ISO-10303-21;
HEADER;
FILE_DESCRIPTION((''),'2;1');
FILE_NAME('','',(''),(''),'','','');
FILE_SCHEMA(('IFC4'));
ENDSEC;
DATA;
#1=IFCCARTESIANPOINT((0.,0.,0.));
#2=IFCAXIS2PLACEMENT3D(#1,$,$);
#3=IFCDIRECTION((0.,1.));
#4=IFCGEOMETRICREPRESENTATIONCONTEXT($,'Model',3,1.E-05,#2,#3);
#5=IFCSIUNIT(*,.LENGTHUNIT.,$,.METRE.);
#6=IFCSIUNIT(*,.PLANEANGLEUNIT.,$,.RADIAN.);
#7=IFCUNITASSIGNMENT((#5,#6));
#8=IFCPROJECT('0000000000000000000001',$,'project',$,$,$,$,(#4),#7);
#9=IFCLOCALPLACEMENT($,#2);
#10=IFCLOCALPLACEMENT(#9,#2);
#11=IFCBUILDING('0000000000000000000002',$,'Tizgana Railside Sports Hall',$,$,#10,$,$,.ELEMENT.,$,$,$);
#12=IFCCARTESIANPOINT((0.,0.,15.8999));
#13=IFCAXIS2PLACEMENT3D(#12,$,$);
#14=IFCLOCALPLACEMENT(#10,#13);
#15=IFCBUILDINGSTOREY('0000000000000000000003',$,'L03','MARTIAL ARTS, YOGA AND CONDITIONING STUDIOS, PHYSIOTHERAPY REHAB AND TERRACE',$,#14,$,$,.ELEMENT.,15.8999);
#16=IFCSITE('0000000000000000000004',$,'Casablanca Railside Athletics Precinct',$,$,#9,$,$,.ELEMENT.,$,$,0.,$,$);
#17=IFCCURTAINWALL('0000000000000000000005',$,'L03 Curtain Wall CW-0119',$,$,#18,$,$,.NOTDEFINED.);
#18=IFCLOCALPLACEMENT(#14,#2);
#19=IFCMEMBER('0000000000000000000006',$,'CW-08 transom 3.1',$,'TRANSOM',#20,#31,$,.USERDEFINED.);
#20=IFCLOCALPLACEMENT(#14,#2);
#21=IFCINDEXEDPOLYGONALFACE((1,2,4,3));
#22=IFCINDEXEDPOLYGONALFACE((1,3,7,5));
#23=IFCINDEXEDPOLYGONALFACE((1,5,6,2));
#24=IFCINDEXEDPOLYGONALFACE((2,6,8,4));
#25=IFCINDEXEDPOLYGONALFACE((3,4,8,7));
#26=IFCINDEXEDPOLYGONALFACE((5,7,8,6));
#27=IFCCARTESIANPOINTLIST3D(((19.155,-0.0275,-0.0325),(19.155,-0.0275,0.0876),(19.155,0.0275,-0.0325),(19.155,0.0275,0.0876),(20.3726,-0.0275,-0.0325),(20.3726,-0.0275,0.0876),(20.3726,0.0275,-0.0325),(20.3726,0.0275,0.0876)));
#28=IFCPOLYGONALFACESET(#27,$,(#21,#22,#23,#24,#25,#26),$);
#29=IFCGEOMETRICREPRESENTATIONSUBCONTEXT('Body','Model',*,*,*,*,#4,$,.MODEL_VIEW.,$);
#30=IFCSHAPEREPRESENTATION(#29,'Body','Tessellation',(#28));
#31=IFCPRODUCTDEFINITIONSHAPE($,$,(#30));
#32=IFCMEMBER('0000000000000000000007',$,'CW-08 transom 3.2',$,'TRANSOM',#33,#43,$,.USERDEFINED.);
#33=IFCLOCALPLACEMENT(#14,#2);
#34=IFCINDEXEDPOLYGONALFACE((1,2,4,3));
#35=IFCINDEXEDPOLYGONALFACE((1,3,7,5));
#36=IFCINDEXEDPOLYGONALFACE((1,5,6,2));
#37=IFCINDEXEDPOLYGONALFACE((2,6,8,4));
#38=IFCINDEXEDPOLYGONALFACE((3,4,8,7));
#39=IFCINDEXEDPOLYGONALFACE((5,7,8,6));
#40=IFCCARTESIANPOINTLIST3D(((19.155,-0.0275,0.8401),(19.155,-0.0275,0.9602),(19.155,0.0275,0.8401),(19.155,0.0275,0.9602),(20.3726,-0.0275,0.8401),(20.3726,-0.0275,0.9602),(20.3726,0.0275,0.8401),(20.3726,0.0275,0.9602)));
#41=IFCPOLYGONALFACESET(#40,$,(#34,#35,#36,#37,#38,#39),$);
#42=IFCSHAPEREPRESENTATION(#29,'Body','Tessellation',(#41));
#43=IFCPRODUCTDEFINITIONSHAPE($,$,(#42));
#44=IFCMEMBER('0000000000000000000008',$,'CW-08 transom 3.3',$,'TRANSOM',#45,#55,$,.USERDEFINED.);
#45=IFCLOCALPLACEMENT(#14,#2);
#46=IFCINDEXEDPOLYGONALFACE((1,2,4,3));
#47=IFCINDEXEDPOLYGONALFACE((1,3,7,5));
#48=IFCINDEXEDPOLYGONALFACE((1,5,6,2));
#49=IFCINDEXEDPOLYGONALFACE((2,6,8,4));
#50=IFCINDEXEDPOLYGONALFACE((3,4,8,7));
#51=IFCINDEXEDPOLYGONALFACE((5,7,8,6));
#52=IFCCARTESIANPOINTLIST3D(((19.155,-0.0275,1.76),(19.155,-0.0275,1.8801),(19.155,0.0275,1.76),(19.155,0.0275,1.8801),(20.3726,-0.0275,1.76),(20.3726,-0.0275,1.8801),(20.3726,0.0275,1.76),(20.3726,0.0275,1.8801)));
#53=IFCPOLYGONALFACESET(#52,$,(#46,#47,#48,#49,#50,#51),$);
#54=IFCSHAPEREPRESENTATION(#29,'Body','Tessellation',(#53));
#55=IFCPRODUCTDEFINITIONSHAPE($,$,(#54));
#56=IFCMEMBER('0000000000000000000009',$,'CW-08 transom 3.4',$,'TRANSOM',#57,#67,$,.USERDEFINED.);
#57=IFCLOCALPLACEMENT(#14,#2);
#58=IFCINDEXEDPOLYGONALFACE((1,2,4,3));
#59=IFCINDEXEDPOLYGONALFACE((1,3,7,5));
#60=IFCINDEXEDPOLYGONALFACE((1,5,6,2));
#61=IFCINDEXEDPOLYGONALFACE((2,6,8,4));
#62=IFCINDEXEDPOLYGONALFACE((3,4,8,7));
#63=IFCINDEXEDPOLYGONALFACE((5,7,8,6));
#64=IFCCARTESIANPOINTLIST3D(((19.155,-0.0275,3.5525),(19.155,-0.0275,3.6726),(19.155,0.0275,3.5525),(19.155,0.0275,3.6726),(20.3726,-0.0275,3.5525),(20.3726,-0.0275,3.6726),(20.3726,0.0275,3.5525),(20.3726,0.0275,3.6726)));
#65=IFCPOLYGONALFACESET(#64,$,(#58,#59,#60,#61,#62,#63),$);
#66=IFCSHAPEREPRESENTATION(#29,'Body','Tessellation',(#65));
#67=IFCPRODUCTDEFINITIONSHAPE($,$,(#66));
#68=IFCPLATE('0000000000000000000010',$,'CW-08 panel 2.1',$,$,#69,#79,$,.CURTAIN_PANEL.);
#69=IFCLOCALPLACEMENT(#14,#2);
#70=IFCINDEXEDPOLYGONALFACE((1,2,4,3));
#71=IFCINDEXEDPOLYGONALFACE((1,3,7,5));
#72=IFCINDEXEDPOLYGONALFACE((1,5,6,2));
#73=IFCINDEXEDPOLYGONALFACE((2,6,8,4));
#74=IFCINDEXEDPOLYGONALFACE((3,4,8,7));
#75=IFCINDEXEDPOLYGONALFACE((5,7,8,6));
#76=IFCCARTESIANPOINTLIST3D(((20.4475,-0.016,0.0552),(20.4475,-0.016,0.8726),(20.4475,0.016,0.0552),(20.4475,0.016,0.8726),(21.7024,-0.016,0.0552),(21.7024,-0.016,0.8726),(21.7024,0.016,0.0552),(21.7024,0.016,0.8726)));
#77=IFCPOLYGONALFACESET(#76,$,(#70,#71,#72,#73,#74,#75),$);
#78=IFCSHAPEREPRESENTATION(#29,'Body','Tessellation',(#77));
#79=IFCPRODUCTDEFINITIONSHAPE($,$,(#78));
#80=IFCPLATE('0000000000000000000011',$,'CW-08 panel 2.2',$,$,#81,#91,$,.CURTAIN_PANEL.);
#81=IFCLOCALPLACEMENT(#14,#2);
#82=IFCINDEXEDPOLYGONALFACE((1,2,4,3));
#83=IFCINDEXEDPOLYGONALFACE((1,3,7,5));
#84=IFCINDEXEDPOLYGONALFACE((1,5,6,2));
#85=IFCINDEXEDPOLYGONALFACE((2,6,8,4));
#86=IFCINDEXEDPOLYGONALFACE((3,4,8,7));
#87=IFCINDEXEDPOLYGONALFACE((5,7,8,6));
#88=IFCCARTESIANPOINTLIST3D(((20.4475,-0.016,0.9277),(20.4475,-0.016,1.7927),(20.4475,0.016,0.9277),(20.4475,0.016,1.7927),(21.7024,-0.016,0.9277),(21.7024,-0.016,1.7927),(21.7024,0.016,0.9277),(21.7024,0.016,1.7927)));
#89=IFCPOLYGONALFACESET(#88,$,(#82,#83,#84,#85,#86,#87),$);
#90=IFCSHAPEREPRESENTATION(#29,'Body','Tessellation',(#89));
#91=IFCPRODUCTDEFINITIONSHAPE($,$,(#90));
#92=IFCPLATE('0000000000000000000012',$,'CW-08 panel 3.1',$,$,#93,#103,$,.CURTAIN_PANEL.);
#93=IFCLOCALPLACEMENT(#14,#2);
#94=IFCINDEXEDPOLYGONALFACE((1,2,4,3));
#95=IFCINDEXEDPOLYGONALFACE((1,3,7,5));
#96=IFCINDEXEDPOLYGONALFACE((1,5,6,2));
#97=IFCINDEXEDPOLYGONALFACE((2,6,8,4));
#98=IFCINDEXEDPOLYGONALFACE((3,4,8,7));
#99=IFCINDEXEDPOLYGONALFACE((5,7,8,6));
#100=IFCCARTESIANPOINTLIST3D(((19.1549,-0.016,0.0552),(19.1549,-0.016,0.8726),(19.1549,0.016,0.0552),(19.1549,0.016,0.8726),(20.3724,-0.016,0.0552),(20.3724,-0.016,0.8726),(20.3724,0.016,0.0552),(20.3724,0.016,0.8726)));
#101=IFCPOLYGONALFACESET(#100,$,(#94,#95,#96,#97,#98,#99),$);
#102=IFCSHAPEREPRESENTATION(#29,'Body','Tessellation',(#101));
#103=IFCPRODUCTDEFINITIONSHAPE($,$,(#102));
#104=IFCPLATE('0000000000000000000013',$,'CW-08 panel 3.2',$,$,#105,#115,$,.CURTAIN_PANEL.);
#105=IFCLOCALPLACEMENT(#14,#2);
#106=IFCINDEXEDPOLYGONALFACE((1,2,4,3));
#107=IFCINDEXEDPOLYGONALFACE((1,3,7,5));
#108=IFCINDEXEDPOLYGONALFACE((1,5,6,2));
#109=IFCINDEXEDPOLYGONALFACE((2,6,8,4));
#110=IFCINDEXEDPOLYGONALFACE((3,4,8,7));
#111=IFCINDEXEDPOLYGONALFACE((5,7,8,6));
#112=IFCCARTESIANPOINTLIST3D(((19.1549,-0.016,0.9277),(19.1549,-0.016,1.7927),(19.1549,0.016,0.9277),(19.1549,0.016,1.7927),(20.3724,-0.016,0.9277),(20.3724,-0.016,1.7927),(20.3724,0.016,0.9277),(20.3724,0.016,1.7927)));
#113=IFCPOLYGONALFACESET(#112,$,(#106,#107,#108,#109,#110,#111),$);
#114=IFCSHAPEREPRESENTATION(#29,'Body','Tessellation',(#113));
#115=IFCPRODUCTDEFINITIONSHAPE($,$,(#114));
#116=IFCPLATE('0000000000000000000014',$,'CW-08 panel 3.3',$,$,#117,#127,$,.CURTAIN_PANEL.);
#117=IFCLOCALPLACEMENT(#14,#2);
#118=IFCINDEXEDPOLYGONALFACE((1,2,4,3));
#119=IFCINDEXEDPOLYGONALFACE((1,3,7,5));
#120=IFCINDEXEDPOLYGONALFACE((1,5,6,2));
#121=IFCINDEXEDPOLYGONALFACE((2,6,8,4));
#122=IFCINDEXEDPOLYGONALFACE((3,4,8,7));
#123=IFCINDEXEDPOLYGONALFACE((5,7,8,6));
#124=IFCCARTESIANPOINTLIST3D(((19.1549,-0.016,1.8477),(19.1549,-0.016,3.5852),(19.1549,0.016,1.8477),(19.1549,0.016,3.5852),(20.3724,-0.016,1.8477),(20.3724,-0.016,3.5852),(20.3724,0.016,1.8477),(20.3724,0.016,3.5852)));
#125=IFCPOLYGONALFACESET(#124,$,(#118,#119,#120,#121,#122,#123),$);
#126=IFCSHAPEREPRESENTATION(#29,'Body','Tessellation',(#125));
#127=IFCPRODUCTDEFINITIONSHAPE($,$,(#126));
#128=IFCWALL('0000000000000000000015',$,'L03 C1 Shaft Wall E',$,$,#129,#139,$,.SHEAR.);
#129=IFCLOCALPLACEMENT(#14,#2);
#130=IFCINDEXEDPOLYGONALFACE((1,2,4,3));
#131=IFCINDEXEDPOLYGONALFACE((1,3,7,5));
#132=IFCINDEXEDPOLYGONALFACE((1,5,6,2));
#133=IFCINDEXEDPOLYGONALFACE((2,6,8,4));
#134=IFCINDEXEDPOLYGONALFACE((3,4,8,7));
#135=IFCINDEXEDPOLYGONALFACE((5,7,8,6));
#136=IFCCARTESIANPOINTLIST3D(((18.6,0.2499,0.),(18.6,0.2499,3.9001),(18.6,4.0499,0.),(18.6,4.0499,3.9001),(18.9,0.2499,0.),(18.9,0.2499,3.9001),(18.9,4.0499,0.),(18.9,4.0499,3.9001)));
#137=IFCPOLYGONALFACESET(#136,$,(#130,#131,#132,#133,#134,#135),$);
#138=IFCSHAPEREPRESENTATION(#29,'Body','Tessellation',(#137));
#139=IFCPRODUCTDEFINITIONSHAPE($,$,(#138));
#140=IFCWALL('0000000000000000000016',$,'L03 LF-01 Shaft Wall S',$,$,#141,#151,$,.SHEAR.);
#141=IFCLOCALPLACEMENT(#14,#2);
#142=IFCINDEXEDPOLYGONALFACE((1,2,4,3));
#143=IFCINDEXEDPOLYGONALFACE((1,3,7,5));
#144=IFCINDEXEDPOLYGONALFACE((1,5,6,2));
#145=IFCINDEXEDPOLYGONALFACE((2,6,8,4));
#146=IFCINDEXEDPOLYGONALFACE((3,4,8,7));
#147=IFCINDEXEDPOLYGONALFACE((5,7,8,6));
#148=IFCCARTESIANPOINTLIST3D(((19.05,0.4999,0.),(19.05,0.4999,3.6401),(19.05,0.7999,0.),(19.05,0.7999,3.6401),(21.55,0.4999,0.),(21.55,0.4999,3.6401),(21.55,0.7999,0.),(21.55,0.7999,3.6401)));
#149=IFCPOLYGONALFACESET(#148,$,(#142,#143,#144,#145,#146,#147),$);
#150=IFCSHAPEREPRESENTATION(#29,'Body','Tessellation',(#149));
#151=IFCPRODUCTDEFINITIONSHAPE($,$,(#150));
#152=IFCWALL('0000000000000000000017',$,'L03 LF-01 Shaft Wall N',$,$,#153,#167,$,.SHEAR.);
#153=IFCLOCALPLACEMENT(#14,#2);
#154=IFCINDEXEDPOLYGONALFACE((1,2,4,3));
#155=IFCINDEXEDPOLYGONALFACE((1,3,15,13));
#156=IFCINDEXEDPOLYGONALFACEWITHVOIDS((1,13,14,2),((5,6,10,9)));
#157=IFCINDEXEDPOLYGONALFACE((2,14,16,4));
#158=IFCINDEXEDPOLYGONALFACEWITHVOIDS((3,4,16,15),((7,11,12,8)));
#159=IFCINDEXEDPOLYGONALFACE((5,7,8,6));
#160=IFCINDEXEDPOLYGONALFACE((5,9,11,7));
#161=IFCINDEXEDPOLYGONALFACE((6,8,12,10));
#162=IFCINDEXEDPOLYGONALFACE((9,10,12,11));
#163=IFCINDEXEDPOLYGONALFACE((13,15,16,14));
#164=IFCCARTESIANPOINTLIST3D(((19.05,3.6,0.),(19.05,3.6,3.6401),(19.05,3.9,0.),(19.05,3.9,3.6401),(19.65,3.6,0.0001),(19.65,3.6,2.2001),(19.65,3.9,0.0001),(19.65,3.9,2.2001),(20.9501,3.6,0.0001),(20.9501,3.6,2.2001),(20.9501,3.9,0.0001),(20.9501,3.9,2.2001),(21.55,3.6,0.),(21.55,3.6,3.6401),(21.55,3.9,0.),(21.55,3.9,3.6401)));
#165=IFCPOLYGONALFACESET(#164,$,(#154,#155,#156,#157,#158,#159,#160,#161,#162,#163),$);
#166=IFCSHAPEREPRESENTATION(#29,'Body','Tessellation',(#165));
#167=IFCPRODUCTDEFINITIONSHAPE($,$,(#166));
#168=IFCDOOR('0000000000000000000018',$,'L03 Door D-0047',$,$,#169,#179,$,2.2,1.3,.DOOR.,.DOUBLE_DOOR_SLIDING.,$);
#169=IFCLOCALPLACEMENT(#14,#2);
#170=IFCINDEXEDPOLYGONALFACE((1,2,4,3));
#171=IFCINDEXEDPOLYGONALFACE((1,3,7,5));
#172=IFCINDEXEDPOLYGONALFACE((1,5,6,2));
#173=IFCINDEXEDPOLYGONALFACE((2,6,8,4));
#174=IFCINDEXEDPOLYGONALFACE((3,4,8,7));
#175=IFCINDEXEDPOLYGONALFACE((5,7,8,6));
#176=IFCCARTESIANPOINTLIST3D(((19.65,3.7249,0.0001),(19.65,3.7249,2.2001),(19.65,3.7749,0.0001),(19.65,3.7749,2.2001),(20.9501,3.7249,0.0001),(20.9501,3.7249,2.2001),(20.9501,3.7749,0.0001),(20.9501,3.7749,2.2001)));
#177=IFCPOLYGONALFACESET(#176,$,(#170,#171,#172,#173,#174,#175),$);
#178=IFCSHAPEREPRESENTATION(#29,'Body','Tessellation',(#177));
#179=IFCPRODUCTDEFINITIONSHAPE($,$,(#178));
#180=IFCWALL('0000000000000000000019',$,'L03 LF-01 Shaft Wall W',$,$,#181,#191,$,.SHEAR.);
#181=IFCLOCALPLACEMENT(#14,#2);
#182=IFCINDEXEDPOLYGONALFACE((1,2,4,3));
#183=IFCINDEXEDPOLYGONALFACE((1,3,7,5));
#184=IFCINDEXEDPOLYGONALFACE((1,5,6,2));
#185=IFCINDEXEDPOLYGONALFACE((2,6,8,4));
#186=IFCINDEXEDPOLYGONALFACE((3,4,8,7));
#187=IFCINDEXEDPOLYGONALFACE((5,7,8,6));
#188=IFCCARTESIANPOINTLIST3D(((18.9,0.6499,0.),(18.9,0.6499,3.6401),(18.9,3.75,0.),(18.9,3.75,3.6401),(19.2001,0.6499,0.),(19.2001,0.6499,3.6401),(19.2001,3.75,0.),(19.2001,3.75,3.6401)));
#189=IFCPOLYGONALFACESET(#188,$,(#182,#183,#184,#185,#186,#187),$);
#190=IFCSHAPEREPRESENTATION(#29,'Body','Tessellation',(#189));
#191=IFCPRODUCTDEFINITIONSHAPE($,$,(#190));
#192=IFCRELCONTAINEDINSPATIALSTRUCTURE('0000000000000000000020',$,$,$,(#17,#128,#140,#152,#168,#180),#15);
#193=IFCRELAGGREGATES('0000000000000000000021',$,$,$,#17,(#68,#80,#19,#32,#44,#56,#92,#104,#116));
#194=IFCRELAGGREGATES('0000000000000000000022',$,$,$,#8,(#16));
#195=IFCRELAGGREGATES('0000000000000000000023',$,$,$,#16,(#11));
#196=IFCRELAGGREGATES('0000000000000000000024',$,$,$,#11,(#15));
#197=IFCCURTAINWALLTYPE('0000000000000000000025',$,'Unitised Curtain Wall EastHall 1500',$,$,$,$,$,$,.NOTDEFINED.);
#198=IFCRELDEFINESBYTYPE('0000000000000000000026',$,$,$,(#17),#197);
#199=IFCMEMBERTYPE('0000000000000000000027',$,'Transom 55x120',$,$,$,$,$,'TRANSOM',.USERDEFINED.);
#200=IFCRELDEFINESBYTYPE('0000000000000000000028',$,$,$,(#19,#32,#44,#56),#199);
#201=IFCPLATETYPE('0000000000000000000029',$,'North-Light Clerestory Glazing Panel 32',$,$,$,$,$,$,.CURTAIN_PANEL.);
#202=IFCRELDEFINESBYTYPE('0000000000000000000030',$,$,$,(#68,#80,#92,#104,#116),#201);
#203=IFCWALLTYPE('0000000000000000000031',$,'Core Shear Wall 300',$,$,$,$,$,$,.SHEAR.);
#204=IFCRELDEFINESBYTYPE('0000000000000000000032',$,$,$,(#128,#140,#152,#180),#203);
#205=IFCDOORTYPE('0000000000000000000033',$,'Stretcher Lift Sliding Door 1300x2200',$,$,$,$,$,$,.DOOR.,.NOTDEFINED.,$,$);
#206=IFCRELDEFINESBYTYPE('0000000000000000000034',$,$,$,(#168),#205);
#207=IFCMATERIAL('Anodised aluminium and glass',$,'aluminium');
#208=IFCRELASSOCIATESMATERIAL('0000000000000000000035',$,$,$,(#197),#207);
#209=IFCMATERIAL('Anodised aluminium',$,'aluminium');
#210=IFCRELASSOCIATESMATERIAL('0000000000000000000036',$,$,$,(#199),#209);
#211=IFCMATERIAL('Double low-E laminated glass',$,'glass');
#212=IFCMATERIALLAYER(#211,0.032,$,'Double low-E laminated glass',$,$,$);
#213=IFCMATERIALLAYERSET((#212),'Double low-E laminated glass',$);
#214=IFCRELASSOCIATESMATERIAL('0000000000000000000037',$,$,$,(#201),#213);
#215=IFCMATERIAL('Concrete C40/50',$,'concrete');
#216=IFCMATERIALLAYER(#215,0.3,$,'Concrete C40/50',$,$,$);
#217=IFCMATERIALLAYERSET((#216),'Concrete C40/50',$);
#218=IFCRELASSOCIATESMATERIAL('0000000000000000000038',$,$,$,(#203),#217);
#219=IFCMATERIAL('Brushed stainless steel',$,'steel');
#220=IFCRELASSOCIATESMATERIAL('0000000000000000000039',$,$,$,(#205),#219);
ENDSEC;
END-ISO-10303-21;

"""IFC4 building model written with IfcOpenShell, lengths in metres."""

from ifc_helpers import new_model, si_unit, direction, frame, frame_2d, origin, origin_2d, place, context, subcontext, project, spatial, rectangle, extrude, material, layer, layer_set, material_profile, profile_set, type_object, element, fill, aggregate, save


model = new_model("IFC4")

# Units and contexts
model_context = context("Model", 3, precision=1e-05, world=origin(), true_north=direction((0.0, 1.0)))
body_context = subcontext(model_context, "Body", "Model", "MODEL_VIEW")
ifc_project = project(units=[si_unit("LENGTHUNIT", "METRE"), si_unit("PLANEANGLEUNIT", "RADIAN")], contexts=[model_context])

# Site, building, storey
site_placement = place(None, origin())
site = spatial("IfcSite", under=ifc_project, at=site_placement, Name="Casablanca Railside Athletics Precinct", CompositionType="ELEMENT", RefElevation=0.0)
building_placement = place(site_placement, origin())
building = spatial("IfcBuilding", under=site, at=building_placement, Name="Tizgana Railside Sports Hall", CompositionType="ELEMENT")
storey_placement = place(building_placement, frame((0.0, 0.0, 15.8999)))
storey = spatial("IfcBuildingStorey", under=building, at=storey_placement, Name="L03", Description="MARTIAL ARTS, YOGA AND CONDITIONING STUDIOS, PHYSIOTHERAPY REHAB AND TERRACE", CompositionType="ELEMENT", Elevation=15.8999)

# Shared definitions
ifc_material_1 = material(Name="Concrete C40/50", Category="concrete")

# Curtain wall
ifc_material_2 = material(Name="Anodised aluminium and glass", Category="aluminium")
curtain_wall_type = type_object("IfcCurtainWallType", Name="Unitised Curtain Wall EastHall 1500", PredefinedType="NOTDEFINED", material=ifc_material_2)
curtain_wall_placement = place(storey_placement, origin())
curtain_wall = element("IfcCurtainWall", 1, at=curtain_wall_placement, inside=storey, type_object=curtain_wall_type, Name="L03 Curtain Wall CW-0119", PredefinedType="NOTDEFINED")
ifc_material_3 = material(Name="Anodised aluminium", Category="aluminium")

# Members
ifc_material_profile_1 = material_profile(ifc_material_3, rectangle(XDim=0.0549, YDim=0.1201, at=origin_2d()), Name="Transom 55x120")
ifc_profile_set_1 = profile_set([ifc_material_profile_1], Name="Anodised aluminium")
member_type_1 = type_object("IfcMemberType", Name="Transom 55x120", ElementType="TRANSOM", PredefinedType="USERDEFINED", material=ifc_profile_set_1)
member_1_placement = place(storey_placement, frame((20.3726, 0.0, 0.0276), z_axis=(-1.0, 0.0, 0.0), x_axis=(0.0, -1.0, 0.0)))
member_1 = element("IfcMember", 2, at=member_1_placement, type_object=member_type_1, Name="CW-08 transom 3.1", ObjectType="TRANSOM", PredefinedType="USERDEFINED", context=body_context, shape_type="SweptSolid", body=[
    extrude(rectangle(XDim=0.0549, YDim=0.1201, at=origin_2d()), origin(), (0.0, 0.0, 1.0), 1.2175),
])
member_2_placement = place(storey_placement, frame((20.3726, 0.0, 0.9001), z_axis=(-1.0, 0.0, 0.0), x_axis=(0.0, -1.0, 0.0)))
member_2 = element("IfcMember", 3, at=member_2_placement, type_object=member_type_1, Name="CW-08 transom 3.2", ObjectType="TRANSOM", PredefinedType="USERDEFINED", context=body_context, shape_type="SweptSolid", body=[
    extrude(rectangle(XDim=0.0549, YDim=0.1201, at=origin_2d()), origin(), (0.0, 0.0, 1.0), 1.2175),
])
member_3_placement = place(storey_placement, frame((20.3726, 0.0, 1.8201), z_axis=(-1.0, 0.0, 0.0), x_axis=(0.0, -1.0, 0.0)))
member_3 = element("IfcMember", 4, at=member_3_placement, type_object=member_type_1, Name="CW-08 transom 3.3", ObjectType="TRANSOM", PredefinedType="USERDEFINED", context=body_context, shape_type="SweptSolid", body=[
    extrude(rectangle(XDim=0.0549, YDim=0.1201, at=origin_2d()), origin(), (0.0, 0.0, 1.0), 1.2175),
])
member_4_placement = place(storey_placement, frame((20.3726, 0.0, 3.6125), z_axis=(-1.0, 0.0, 0.0), x_axis=(0.0, -1.0, 0.0)))
member_4 = element("IfcMember", 5, at=member_4_placement, type_object=member_type_1, Name="CW-08 transom 3.4", ObjectType="TRANSOM", PredefinedType="USERDEFINED", context=body_context, shape_type="SweptSolid", body=[
    extrude(rectangle(XDim=0.0549, YDim=0.1201, at=origin_2d()), origin(), (0.0, 0.0, 1.0), 1.2175),
])

# Plates
ifc_material_4 = material(Name="Double low-E laminated glass", Category="glass")
ifc_layer_1 = layer(ifc_material_4, 0.032, Name="Double low-E laminated glass")
ifc_layer_set_1 = layer_set([ifc_layer_1], Name="Double low-E laminated glass")
plate_type = type_object("IfcPlateType", Name="North-Light Clerestory Glazing Panel 32", PredefinedType="CURTAIN_PANEL", material=ifc_layer_set_1)
plate_1_placement = place(storey_placement, frame((21.075, 0.0, 0.0552), z_axis=(0.0, 0.0, 1.0), x_axis=(-1.0, 0.0, 0.0)))
plate_1 = element("IfcPlate", 6, at=plate_1_placement, type_object=plate_type, Name="CW-08 panel 2.1", PredefinedType="CURTAIN_PANEL", context=body_context, shape_type="SweptSolid", body=[
    extrude(rectangle(XDim=1.2549, YDim=0.032, at=origin_2d()), origin(), (0.0, 0.0, 1.0), 0.8174),
])
plate_2_placement = place(storey_placement, frame((21.075, 0.0, 0.9277), z_axis=(0.0, 0.0, 1.0), x_axis=(-1.0, 0.0, 0.0)))
plate_2 = element("IfcPlate", 7, at=plate_2_placement, type_object=plate_type, Name="CW-08 panel 2.2", PredefinedType="CURTAIN_PANEL", context=body_context, shape_type="SweptSolid", body=[
    extrude(rectangle(XDim=1.2549, YDim=0.032, at=origin_2d()), origin(), (0.0, 0.0, 1.0), 0.865),
])
plate_3_placement = place(storey_placement, frame((19.7637, 0.0, 0.0552), z_axis=(0.0, 0.0, 1.0), x_axis=(-1.0, 0.0, 0.0)))
plate_3 = element("IfcPlate", 8, at=plate_3_placement, type_object=plate_type, Name="CW-08 panel 3.1", PredefinedType="CURTAIN_PANEL", context=body_context, shape_type="SweptSolid", body=[
    extrude(rectangle(XDim=1.2175, YDim=0.032, at=origin_2d()), origin(), (0.0, 0.0, 1.0), 0.8174),
])
plate_4_placement = place(storey_placement, frame((19.7637, 0.0, 0.9277), z_axis=(0.0, 0.0, 1.0), x_axis=(-1.0, 0.0, 0.0)))
plate_4 = element("IfcPlate", 9, at=plate_4_placement, type_object=plate_type, Name="CW-08 panel 3.2", PredefinedType="CURTAIN_PANEL", context=body_context, shape_type="SweptSolid", body=[
    extrude(rectangle(XDim=1.2175, YDim=0.032, at=origin_2d()), origin(), (0.0, 0.0, 1.0), 0.865),
])
plate_5_placement = place(storey_placement, frame((19.7637, 0.0, 1.8477), z_axis=(0.0, 0.0, 1.0), x_axis=(-1.0, 0.0, 0.0)))
plate_5 = element("IfcPlate", 10, at=plate_5_placement, type_object=plate_type, Name="CW-08 panel 3.3", PredefinedType="CURTAIN_PANEL", context=body_context, shape_type="SweptSolid", body=[
    extrude(rectangle(XDim=1.2175, YDim=0.032, at=origin_2d()), origin(), (0.0, 0.0, 1.0), 1.7375),
])
aggregate(curtain_wall, [plate_1, plate_2, member_1, member_2, member_3, member_4, plate_3, plate_4, plate_5])

# Walls
ifc_layer_2 = layer(ifc_material_1, 0.3, Name="Concrete C40/50")
ifc_layer_set_2 = layer_set([ifc_layer_2], Name="Concrete C40/50")
wall_type_1 = type_object("IfcWallType", Name="Core Shear Wall 300", PredefinedType="SHEAR", material=ifc_layer_set_2)
wall_1_placement = place(storey_placement, frame((18.75, 0.25, 0.0), z_axis=(0.0, 0.0, 1.0), x_axis=(0.0, 1.0, 0.0)))
element("IfcWall", 11, at=wall_1_placement, inside=storey, type_object=wall_type_1, Name="L03 C1 Shaft Wall E", PredefinedType="SHEAR", context=body_context, shape_type="SweptSolid", body=[
    extrude(rectangle(XDim=3.8, YDim=0.3, at=frame_2d((1.8999, 0.0))), origin(), (0.0, 0.0, 1.0), 3.9001),
])
wall_2_placement = place(storey_placement, frame((19.05, 0.6499, 0.0), z_axis=(0.0, 0.0, 1.0), x_axis=(1.0, 0.0, 0.0)))
element("IfcWall", 12, at=wall_2_placement, inside=storey, type_object=wall_type_1, Name="L03 LF-01 Shaft Wall S", PredefinedType="SHEAR", context=body_context, shape_type="SweptSolid", body=[
    extrude(rectangle(XDim=2.5, YDim=0.3, at=frame_2d((1.25, 0.0))), origin(), (0.0, 0.0, 1.0), 3.6401),
])

# Wall, opening, door
wall_3_placement = place(storey_placement, frame((19.05, 3.75, 0.0), z_axis=(0.0, 0.0, 1.0), x_axis=(1.0, 0.0, 0.0)))
wall_3 = element("IfcWall", 13, at=wall_3_placement, inside=storey, type_object=wall_type_1, Name="L03 LF-01 Shaft Wall N", PredefinedType="SHEAR", context=body_context, shape_type="SweptSolid", body=[
    extrude(rectangle(XDim=2.5, YDim=0.3, at=frame_2d((1.25, 0.0))), origin(), (0.0, 0.0, 1.0), 3.6401),
])
opening_placement = place(wall_3_placement, frame((0.6001, 0.0, 0.0)))
opening = element("IfcOpeningElement", 14, at=opening_placement, cuts=wall_3, PredefinedType="OPENING", context=body_context, shape_type="SweptSolid", body=[
    extrude(rectangle(XDim=1.3, YDim=2.2, at=frame_2d((0.6499, 1.1001))), frame((0.0, 0.1599, 0.0), z_axis=(0.0, -1.0, 0.0), x_axis=(1.0, 0.0, 0.0)), (0.0, 0.0, 1.0), 0.3201),
])
ifc_material_5 = material(Name="Brushed stainless steel", Category="steel")
door_type = type_object("IfcDoorType", Name="Stretcher Lift Sliding Door 1300x2200", OperationType="NOTDEFINED", PredefinedType="DOOR", material=ifc_material_5)
door_placement = place(opening_placement, origin())
door = element("IfcDoor", 15, at=door_placement, inside=storey, type_object=door_type, Name="L03 Door D-0047", OperationType="DOUBLE_DOOR_SLIDING", OverallHeight=2.2, OverallWidth=1.3, PredefinedType="DOOR", context=body_context, shape_type="SweptSolid", body=[
    extrude(rectangle(XDim=1.3, YDim=2.2, at=frame_2d((0.6499, 1.1001))), frame((0.0, 0.0249, 0.0), z_axis=(0.0, -1.0, 0.0), x_axis=(1.0, 0.0, 0.0)), (0.0, 0.0, 1.0), 0.05),
])
fill(opening, door)

# Wall
wall_4_placement = place(storey_placement, frame((19.05, 0.6499, 0.0), z_axis=(0.0, 0.0, 1.0), x_axis=(0.0, 1.0, 0.0)))
element("IfcWall", 16, at=wall_4_placement, inside=storey, type_object=wall_type_1, Name="L03 LF-01 Shaft Wall W", PredefinedType="SHEAR", context=body_context, shape_type="SweptSolid", body=[
    extrude(rectangle(XDim=3.1001, YDim=0.3, at=frame_2d((1.55, 0.0))), origin(), (0.0, 0.0, 1.0), 3.6401),
])

save(model, "model.ifc")
